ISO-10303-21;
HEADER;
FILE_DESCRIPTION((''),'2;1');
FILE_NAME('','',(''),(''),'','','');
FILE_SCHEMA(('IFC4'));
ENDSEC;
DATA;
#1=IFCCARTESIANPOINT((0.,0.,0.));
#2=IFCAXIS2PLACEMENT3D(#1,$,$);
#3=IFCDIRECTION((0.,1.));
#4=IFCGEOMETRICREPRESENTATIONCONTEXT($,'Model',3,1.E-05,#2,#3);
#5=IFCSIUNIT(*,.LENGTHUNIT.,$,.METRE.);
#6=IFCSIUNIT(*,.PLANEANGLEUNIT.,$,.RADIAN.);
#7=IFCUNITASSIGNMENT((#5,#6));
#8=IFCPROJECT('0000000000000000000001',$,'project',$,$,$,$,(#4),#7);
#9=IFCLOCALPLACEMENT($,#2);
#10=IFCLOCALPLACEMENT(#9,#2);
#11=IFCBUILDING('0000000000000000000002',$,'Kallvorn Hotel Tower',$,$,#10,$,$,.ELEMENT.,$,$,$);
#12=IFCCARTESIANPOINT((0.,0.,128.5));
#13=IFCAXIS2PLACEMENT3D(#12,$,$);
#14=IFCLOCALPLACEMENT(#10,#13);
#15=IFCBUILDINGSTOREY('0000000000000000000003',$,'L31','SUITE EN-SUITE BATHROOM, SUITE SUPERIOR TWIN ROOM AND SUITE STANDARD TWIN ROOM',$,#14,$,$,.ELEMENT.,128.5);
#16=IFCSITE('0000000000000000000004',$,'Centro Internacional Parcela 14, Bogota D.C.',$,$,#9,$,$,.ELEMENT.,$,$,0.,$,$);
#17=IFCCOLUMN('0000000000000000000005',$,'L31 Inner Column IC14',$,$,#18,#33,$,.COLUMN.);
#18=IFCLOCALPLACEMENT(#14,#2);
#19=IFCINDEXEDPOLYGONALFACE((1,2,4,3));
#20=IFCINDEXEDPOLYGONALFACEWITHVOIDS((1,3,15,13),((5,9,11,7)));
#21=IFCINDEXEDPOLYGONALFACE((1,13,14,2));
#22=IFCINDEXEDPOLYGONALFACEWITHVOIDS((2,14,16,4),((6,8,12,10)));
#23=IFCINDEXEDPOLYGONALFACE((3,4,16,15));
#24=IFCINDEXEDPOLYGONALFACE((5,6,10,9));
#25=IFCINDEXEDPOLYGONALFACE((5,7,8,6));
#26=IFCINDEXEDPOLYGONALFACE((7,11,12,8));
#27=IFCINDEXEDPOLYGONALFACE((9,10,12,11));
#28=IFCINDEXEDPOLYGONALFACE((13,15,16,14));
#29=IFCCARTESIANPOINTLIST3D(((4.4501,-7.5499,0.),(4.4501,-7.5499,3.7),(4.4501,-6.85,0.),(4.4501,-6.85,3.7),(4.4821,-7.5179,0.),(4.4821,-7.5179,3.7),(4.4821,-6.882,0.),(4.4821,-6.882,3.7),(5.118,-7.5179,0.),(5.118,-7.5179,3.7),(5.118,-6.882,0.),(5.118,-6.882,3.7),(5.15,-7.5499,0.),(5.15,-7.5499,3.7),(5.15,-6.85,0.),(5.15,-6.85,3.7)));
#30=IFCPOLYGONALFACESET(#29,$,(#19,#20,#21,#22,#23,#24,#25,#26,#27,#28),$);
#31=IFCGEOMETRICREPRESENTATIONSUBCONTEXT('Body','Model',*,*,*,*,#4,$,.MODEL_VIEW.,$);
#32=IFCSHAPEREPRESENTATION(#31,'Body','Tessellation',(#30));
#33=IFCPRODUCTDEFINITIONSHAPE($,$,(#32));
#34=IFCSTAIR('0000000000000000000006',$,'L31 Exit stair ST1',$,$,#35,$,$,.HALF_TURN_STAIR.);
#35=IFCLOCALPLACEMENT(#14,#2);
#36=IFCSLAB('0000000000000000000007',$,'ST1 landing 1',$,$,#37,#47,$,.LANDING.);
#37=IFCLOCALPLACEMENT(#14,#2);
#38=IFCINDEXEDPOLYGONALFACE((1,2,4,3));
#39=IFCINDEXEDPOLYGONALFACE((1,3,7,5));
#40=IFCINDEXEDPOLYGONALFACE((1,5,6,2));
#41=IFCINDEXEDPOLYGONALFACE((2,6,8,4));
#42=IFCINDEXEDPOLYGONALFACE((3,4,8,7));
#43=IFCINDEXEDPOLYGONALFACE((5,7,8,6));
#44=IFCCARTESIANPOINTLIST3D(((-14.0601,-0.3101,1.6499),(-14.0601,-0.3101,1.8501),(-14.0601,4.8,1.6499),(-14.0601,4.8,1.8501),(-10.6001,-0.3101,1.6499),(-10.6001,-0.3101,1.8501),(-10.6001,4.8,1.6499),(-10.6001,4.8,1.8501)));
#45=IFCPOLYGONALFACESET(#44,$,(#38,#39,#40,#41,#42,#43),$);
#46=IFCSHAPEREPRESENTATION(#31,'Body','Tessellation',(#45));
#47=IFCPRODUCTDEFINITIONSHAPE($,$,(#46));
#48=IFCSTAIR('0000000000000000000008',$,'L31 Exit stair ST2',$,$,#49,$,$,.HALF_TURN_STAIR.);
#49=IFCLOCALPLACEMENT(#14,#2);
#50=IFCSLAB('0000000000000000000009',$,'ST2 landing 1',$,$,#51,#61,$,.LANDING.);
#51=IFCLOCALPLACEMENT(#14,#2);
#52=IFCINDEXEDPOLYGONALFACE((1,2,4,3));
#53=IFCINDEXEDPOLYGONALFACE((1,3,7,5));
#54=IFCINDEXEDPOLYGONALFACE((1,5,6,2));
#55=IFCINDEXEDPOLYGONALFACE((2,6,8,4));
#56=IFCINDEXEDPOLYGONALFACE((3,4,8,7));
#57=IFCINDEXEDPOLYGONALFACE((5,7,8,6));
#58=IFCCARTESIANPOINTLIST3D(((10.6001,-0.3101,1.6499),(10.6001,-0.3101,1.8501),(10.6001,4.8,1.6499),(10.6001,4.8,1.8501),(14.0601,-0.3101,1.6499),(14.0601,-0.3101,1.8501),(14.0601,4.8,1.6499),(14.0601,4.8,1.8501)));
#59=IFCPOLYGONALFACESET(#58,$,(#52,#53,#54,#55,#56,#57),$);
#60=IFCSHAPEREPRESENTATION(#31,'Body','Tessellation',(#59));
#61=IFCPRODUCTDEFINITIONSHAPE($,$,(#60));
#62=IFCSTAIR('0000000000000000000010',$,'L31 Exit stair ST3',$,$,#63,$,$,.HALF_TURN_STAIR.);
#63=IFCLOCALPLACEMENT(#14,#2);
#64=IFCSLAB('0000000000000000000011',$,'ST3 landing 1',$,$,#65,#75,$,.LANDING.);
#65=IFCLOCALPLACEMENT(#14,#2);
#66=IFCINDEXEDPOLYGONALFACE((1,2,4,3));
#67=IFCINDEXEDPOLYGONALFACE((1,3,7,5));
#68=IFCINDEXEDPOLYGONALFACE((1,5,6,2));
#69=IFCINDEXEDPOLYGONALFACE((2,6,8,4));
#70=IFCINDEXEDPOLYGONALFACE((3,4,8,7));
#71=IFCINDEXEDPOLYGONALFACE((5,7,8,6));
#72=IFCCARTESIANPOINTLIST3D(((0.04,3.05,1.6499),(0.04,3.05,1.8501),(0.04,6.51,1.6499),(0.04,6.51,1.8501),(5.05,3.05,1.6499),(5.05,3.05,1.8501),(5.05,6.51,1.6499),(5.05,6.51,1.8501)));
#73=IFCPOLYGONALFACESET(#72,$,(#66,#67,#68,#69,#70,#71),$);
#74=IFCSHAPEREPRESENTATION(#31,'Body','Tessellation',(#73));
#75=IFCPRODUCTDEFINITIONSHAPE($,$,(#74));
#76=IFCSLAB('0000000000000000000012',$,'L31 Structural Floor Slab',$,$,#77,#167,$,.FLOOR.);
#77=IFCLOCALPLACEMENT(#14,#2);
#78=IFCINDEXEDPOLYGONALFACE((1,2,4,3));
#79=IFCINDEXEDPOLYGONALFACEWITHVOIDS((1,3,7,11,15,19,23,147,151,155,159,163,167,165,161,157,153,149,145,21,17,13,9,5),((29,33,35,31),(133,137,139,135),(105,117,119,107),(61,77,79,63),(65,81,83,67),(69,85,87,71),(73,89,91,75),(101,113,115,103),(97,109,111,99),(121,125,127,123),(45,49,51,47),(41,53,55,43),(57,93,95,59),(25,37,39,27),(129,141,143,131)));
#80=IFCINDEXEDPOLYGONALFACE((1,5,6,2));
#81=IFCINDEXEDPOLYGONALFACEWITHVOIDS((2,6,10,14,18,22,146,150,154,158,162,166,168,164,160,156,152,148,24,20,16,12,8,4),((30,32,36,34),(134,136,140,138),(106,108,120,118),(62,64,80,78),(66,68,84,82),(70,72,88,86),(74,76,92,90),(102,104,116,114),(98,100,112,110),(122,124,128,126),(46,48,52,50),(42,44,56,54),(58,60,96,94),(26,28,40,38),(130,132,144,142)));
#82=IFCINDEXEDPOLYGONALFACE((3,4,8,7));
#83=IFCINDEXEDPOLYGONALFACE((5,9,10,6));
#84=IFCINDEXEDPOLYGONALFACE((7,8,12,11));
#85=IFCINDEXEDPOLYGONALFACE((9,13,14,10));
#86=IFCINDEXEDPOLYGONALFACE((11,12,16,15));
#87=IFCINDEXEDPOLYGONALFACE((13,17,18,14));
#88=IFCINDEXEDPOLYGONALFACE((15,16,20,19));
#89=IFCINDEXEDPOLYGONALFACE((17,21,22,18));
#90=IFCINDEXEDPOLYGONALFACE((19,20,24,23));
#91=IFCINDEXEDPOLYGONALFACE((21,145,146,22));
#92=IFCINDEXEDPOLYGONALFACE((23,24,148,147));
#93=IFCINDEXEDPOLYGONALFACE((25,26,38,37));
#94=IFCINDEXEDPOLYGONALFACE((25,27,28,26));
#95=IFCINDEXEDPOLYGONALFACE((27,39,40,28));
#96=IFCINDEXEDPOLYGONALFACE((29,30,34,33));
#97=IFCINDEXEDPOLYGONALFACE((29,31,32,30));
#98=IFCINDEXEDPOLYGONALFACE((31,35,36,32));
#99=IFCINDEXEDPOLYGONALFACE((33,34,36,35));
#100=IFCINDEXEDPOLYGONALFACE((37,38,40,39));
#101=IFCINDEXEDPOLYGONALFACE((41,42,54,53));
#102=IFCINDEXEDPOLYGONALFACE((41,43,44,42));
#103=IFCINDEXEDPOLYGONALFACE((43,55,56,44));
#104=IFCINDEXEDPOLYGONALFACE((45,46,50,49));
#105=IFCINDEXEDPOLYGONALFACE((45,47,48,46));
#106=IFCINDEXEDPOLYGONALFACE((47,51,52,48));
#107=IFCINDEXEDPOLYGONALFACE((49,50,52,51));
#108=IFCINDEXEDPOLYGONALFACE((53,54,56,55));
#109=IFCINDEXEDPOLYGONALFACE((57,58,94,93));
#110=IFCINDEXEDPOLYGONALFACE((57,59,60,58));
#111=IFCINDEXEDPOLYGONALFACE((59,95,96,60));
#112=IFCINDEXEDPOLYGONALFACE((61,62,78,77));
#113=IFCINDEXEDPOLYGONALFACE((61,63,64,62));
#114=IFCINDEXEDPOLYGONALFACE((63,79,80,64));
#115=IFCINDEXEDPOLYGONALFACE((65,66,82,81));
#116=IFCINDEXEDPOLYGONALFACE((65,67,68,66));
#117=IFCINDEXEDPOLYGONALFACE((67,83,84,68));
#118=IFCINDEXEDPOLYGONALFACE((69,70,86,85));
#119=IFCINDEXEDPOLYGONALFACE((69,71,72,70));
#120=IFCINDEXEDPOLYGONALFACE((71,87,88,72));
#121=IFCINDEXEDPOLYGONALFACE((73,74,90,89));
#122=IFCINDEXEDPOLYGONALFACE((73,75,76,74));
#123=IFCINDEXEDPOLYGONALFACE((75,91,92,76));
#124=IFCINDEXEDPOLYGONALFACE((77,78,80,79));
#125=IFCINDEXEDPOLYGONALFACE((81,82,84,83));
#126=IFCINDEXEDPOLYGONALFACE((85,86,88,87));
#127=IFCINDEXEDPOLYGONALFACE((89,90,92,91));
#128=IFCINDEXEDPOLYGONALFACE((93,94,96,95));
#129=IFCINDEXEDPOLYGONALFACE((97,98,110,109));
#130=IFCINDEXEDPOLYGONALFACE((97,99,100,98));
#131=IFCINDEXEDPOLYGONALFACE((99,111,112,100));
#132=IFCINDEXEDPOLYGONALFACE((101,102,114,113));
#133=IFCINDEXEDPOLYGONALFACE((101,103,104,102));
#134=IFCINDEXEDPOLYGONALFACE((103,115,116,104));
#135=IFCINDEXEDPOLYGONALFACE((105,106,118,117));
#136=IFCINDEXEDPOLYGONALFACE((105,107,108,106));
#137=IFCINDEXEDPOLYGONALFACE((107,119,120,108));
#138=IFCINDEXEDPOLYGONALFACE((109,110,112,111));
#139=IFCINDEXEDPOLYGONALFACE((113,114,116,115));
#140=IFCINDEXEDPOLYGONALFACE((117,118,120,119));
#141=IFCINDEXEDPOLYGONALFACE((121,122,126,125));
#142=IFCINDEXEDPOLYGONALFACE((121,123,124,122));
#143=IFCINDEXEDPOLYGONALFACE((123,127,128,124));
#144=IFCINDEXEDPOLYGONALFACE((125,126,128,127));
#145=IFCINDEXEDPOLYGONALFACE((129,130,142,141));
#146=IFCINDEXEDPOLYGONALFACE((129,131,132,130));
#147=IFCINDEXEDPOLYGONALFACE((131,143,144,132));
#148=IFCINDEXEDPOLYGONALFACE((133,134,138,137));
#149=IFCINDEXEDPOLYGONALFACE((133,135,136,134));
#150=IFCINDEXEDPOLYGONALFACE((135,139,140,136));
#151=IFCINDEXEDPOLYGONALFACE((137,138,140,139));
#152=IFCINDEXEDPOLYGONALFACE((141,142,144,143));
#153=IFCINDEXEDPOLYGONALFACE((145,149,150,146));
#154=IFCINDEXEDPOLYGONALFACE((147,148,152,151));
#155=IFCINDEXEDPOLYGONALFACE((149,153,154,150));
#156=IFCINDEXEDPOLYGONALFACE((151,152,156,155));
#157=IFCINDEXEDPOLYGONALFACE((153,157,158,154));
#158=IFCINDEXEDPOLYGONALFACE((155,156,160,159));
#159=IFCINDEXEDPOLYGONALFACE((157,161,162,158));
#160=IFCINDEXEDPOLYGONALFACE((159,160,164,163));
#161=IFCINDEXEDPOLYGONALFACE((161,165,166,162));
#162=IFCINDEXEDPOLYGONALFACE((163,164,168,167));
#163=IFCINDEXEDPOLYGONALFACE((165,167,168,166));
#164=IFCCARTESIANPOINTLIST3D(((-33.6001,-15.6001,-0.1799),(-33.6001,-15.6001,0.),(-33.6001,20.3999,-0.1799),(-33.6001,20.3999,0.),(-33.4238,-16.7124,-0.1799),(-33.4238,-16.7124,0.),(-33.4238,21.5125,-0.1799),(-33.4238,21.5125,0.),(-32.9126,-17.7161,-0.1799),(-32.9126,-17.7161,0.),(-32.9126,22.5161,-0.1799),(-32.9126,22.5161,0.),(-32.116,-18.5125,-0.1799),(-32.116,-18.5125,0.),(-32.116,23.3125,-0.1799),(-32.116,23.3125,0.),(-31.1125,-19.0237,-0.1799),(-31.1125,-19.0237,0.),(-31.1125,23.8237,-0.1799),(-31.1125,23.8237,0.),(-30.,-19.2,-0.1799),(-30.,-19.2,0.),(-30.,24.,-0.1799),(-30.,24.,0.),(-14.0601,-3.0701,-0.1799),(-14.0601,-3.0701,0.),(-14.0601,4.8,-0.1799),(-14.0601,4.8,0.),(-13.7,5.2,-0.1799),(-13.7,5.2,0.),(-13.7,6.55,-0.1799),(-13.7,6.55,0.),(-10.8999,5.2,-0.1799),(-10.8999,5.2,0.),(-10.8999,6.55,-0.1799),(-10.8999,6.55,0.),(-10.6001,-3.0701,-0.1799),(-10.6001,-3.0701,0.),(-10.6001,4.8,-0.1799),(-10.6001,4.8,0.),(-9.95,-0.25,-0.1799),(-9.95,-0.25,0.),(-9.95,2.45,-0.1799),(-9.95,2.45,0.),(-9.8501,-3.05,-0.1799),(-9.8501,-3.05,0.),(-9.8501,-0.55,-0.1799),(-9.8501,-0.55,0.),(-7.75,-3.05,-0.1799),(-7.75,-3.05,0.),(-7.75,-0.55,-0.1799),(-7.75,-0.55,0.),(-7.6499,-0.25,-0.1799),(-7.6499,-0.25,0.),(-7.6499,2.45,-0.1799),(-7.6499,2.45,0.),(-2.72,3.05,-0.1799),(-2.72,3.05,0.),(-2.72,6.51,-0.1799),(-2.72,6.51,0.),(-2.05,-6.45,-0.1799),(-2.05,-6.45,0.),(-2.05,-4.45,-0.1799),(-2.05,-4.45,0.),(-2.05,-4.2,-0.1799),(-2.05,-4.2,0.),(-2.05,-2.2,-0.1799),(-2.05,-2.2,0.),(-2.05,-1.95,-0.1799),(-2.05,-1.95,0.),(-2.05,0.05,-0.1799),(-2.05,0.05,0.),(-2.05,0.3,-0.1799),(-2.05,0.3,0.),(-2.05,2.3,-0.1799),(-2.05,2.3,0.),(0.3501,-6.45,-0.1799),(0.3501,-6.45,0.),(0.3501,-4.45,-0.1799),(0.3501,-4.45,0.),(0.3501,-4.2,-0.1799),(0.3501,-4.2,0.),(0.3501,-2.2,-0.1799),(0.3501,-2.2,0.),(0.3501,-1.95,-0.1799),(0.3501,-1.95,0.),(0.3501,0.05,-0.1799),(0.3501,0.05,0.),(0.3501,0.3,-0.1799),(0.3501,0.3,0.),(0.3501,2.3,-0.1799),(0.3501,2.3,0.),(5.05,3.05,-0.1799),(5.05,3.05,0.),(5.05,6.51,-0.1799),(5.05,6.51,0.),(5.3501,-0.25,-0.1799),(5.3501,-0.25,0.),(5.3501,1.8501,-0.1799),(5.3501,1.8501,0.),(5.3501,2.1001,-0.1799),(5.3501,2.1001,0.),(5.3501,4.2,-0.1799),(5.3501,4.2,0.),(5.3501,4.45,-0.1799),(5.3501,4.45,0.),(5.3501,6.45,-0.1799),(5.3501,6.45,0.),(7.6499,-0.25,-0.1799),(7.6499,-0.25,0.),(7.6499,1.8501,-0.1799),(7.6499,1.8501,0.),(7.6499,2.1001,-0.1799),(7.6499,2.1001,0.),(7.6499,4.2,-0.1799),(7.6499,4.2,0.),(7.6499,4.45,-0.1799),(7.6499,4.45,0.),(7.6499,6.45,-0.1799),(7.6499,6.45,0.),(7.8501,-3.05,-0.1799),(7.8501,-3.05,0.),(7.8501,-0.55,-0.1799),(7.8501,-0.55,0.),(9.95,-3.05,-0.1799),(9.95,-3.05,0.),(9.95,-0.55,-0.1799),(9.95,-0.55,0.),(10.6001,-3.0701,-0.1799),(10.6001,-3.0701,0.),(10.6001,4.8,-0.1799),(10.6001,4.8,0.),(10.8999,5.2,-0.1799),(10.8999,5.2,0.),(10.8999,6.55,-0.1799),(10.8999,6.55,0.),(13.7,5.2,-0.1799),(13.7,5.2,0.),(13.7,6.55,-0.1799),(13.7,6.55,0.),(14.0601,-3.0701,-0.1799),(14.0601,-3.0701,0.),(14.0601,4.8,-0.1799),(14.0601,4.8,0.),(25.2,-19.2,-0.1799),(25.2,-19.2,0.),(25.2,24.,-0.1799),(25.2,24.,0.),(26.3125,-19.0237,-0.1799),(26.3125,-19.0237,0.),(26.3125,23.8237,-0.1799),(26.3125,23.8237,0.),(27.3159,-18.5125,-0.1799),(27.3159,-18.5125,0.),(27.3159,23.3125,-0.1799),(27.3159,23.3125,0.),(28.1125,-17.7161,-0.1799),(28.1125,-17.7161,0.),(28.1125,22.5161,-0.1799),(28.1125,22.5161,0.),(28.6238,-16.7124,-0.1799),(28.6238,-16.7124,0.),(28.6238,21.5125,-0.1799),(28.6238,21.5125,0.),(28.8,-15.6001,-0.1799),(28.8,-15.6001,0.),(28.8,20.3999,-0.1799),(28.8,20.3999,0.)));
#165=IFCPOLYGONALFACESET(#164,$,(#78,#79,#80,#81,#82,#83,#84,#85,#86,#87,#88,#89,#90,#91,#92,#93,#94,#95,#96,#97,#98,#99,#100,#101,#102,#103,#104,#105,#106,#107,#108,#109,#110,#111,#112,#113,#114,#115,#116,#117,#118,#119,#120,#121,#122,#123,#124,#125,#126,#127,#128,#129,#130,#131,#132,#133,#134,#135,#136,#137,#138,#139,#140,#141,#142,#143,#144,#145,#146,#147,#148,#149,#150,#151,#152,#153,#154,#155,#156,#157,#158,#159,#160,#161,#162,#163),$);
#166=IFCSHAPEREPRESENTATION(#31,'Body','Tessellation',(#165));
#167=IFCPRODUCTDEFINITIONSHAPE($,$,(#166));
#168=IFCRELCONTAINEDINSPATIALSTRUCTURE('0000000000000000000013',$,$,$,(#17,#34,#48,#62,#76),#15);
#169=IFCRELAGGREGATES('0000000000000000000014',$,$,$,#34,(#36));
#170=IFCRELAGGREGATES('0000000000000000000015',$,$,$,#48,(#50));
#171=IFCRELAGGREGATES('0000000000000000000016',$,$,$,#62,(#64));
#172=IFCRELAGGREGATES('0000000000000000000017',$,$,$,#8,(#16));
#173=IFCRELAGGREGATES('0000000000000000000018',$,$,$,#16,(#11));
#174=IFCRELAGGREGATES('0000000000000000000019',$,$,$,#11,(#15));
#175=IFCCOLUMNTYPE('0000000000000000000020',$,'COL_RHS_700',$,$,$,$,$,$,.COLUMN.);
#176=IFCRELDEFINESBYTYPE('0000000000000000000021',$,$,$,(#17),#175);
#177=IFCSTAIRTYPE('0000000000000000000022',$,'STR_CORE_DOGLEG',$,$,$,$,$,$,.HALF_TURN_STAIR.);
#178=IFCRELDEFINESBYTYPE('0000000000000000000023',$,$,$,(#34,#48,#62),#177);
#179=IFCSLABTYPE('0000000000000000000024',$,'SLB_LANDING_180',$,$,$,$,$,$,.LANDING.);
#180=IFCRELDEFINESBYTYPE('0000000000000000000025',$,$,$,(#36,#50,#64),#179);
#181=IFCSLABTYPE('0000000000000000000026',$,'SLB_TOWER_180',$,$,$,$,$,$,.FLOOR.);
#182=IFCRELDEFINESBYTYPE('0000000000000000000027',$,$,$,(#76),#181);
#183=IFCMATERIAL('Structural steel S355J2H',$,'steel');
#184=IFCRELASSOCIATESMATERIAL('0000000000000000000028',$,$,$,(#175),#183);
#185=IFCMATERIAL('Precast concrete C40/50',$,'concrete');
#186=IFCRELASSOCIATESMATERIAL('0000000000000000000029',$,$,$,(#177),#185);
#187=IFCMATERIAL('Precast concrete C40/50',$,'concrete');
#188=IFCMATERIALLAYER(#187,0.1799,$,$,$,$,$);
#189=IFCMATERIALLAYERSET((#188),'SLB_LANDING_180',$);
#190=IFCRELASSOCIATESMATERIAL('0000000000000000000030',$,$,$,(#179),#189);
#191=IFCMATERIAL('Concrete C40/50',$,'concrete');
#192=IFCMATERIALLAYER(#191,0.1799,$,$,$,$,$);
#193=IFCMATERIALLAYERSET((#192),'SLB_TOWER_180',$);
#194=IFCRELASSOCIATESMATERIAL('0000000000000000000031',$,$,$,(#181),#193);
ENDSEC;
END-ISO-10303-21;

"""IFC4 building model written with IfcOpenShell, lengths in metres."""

from ifc_helpers import new_model, si_unit, direction, frame, origin, origin_2d, place, context, subcontext, project, spatial, polyline, hollow_rectangle, outline, extrude, material, layer, layer_set, material_profile, profile_set, type_object, element, aggregate, save


model = new_model("IFC4")

# Units and contexts
model_context = context("Model", 3, precision=1e-05, world=origin(), true_north=direction((0.0, 1.0)))
body_context = subcontext(model_context, "Body", "Model", "MODEL_VIEW")
ifc_project = project(units=[si_unit("LENGTHUNIT", "METRE"), si_unit("PLANEANGLEUNIT", "RADIAN")], contexts=[model_context])

# Site, building, storey
site_placement = place(None, origin())
site = spatial("IfcSite", under=ifc_project, at=site_placement, Name="Centro Internacional Parcela 14, Bogota D.C.", CompositionType="ELEMENT", RefElevation=0.0)
building_placement = place(site_placement, origin())
building = spatial("IfcBuilding", under=site, at=building_placement, Name="Kallvorn Hotel Tower", CompositionType="ELEMENT")
storey_placement = place(building_placement, frame((0.0, 0.0, 128.5)))
storey = spatial("IfcBuildingStorey", under=building, at=storey_placement, Name="L31", Description="SUITE EN-SUITE BATHROOM, SUITE SUPERIOR TWIN ROOM AND SUITE STANDARD TWIN ROOM", CompositionType="ELEMENT", Elevation=128.5)

# Column
ifc_material_1 = material(Name="Structural steel S355J2H", Category="steel")
ifc_material_profile = material_profile(ifc_material_1, hollow_rectangle(XDim=0.7, YDim=0.7, WallThickness=0.032, at=origin_2d()), Name="RHS 700x700x32")
ifc_profile_set = profile_set([ifc_material_profile], Name="Structural steel S355J2H")
column_type = type_object("IfcColumnType", Name="COL_RHS_700", PredefinedType="COLUMN", material=ifc_profile_set)
column_placement = place(storey_placement, frame((4.8, -7.2, 0.0), z_axis=(0.0, 0.0, 1.0), x_axis=(1.0, 0.0, 0.0)))
element("IfcColumn", 1, at=column_placement, inside=storey, type_object=column_type, Name="L31 Inner Column IC14", PredefinedType="COLUMN", context=body_context, shape_type="SweptSolid", body=[
    extrude(hollow_rectangle(XDim=0.7, YDim=0.7, WallThickness=0.032, at=origin_2d()), origin(), (0.0, 0.0, 1.0), 3.7),
])

# Stairs, slabs
ifc_material_2 = material(Name="Precast concrete C40/50", Category="concrete")
stair_type = type_object("IfcStairType", Name="STR_CORE_DOGLEG", PredefinedType="HALF_TURN_STAIR", material=ifc_material_2)
stair_1_placement = place(storey_placement, origin())
stair_1 = element("IfcStair", 2, at=stair_1_placement, inside=storey, type_object=stair_type, Name="L31 Exit stair ST1", PredefinedType="HALF_TURN_STAIR")
ifc_material_3 = material(Name="Precast concrete C40/50", Category="concrete")
ifc_layer_1 = layer(ifc_material_3, 0.1799)
ifc_layer_set_1 = layer_set([ifc_layer_1], Name="SLB_LANDING_180")
slab_type_1 = type_object("IfcSlabType", Name="SLB_LANDING_180", PredefinedType="LANDING", material=ifc_layer_set_1)
slab_1_placement = place(storey_placement, frame((0.0, 0.0, 1.6499)))
slab_1 = element("IfcSlab", 3, at=slab_1_placement, type_object=slab_type_1, Name="ST1 landing 1", PredefinedType="LANDING", context=body_context, shape_type="SweptSolid", body=[
    extrude(outline(polyline([(-10.6001, -0.3101), (-10.6001, 4.8), (-14.0601, 4.8), (-14.0601, -0.3101), (-10.6001, -0.3101)])), origin(), (0.0, 0.0, 1.0), 0.2002),
])
aggregate(stair_1, [slab_1])
stair_2_placement = place(storey_placement, origin())
stair_2 = element("IfcStair", 4, at=stair_2_placement, inside=storey, type_object=stair_type, Name="L31 Exit stair ST2", PredefinedType="HALF_TURN_STAIR")
slab_2_placement = place(storey_placement, frame((0.0, 0.0, 1.6499)))
slab_2 = element("IfcSlab", 5, at=slab_2_placement, type_object=slab_type_1, Name="ST2 landing 1", PredefinedType="LANDING", context=body_context, shape_type="SweptSolid", body=[
    extrude(outline(polyline([(14.0601, -0.3101), (14.0601, 4.8), (10.6001, 4.8), (10.6001, -0.3101), (14.0601, -0.3101)])), origin(), (0.0, 0.0, 1.0), 0.2002),
])
aggregate(stair_2, [slab_2])
stair_3_placement = place(storey_placement, origin())
stair_3 = element("IfcStair", 6, at=stair_3_placement, inside=storey, type_object=stair_type, Name="L31 Exit stair ST3", PredefinedType="HALF_TURN_STAIR")
slab_3_placement = place(storey_placement, frame((0.0, 0.0, 1.6499)))
slab_3 = element("IfcSlab", 7, at=slab_3_placement, type_object=slab_type_1, Name="ST3 landing 1", PredefinedType="LANDING", context=body_context, shape_type="SweptSolid", body=[
    extrude(outline(polyline([(0.04, 3.05), (5.05, 3.05), (5.05, 6.51), (0.04, 6.51), (0.04, 3.05)])), origin(), (0.0, 0.0, 1.0), 0.2002),
])
aggregate(stair_3, [slab_3])

# Slab
ifc_material_4 = material(Name="Concrete C40/50", Category="concrete")
ifc_layer_2 = layer(ifc_material_4, 0.1799)
ifc_layer_set_2 = layer_set([ifc_layer_2], Name="SLB_TOWER_180")
slab_type_2 = type_object("IfcSlabType", Name="SLB_TOWER_180", PredefinedType="FLOOR", material=ifc_layer_set_2)
slab_4_placement = place(storey_placement, frame((0.0, 0.0, -0.1799)))
element("IfcSlab", 8, at=slab_4_placement, inside=storey, type_object=slab_type_2, Name="L31 Structural Floor Slab", PredefinedType="FLOOR", context=body_context, shape_type="SweptSolid", body=[
    extrude(outline(polyline([(25.2, -19.2), (26.3125, -19.0237), (27.3159, -18.5125), (28.1125, -17.7161), (28.6238, -16.7124), (28.8, -15.6001), (28.8, 20.3999), (28.6238, 21.5125), (28.1125, 22.5161), (27.3159, 23.3125), (26.3125, 23.8237), (25.2, 24.0), (-30.0, 24.0), (-31.1125, 23.8237), (-32.116, 23.3125), (-32.9126, 22.5161), (-33.4238, 21.5125), (-33.6001, 20.3999), (-33.6001, -15.6001), (-33.4238, -16.7124), (-32.9126, -17.7161), (-32.116, -18.5125), (-31.1125, -19.0237), (-30.0, -19.2), (25.2, -19.2)]), holes=[polyline([(-10.6001, -3.0701), (-10.6001, 4.8), (-14.0601, 4.8), (-14.0601, -3.0701), (-10.6001, -3.0701)]), polyline([(14.0601, -3.0701), (14.0601, 4.8), (10.6001, 4.8), (10.6001, -3.0701), (14.0601, -3.0701)]), polyline([(-2.72, 3.05), (5.05, 3.05), (5.05, 6.51), (-2.72, 6.51), (-2.72, 3.05)]), polyline([(-2.05, -6.45), (0.3501, -6.45), (0.3501, -4.45), (-2.05, -4.45), (-2.05, -6.45)]), polyline([(-2.05, -4.2), (0.3501, -4.2), (0.3501, -2.2), (-2.05, -2.2), (-2.05, -4.2)]), polyline([(-2.05, -1.95), (0.3501, -1.95), (0.3501, 0.05), (-2.05, 0.05), (-2.05, -1.95)]), polyline([(-2.05, 0.3), (0.3501, 0.3), (0.3501, 2.3), (-2.05, 2.3), (-2.05, 0.3)]), polyline([(5.3501, -0.25), (7.6499, -0.25), (7.6499, 1.8501), (5.3501, 1.8501), (5.3501, -0.25)]), polyline([(5.3501, 2.1001), (7.6499, 2.1001), (7.6499, 4.2), (5.3501, 4.2), (5.3501, 2.1001)]), polyline([(5.3501, 4.45), (7.6499, 4.45), (7.6499, 6.45), (5.3501, 6.45), (5.3501, 4.45)]), polyline([(-9.8501, -3.05), (-7.75, -3.05), (-7.75, -0.55), (-9.8501, -0.55), (-9.8501, -3.05)]), polyline([(7.8501, -3.05), (9.95, -3.05), (9.95, -0.55), (7.8501, -0.55), (7.8501, -3.05)]), polyline([(-9.95, -0.25), (-7.6499, -0.25), (-7.6499, 2.45), (-9.95, 2.45), (-9.95, -0.25)]), polyline([(-13.7, 5.2), (-10.8999, 5.2), (-10.8999, 6.55), (-13.7, 6.55), (-13.7, 5.2)]), polyline([(10.8999, 5.2), (13.7, 5.2), (13.7, 6.55), (10.8999, 6.55), (10.8999, 5.2)])]), origin(), (0.0, 0.0, 1.0), 0.1799),
])

save(model, "model.ifc")
